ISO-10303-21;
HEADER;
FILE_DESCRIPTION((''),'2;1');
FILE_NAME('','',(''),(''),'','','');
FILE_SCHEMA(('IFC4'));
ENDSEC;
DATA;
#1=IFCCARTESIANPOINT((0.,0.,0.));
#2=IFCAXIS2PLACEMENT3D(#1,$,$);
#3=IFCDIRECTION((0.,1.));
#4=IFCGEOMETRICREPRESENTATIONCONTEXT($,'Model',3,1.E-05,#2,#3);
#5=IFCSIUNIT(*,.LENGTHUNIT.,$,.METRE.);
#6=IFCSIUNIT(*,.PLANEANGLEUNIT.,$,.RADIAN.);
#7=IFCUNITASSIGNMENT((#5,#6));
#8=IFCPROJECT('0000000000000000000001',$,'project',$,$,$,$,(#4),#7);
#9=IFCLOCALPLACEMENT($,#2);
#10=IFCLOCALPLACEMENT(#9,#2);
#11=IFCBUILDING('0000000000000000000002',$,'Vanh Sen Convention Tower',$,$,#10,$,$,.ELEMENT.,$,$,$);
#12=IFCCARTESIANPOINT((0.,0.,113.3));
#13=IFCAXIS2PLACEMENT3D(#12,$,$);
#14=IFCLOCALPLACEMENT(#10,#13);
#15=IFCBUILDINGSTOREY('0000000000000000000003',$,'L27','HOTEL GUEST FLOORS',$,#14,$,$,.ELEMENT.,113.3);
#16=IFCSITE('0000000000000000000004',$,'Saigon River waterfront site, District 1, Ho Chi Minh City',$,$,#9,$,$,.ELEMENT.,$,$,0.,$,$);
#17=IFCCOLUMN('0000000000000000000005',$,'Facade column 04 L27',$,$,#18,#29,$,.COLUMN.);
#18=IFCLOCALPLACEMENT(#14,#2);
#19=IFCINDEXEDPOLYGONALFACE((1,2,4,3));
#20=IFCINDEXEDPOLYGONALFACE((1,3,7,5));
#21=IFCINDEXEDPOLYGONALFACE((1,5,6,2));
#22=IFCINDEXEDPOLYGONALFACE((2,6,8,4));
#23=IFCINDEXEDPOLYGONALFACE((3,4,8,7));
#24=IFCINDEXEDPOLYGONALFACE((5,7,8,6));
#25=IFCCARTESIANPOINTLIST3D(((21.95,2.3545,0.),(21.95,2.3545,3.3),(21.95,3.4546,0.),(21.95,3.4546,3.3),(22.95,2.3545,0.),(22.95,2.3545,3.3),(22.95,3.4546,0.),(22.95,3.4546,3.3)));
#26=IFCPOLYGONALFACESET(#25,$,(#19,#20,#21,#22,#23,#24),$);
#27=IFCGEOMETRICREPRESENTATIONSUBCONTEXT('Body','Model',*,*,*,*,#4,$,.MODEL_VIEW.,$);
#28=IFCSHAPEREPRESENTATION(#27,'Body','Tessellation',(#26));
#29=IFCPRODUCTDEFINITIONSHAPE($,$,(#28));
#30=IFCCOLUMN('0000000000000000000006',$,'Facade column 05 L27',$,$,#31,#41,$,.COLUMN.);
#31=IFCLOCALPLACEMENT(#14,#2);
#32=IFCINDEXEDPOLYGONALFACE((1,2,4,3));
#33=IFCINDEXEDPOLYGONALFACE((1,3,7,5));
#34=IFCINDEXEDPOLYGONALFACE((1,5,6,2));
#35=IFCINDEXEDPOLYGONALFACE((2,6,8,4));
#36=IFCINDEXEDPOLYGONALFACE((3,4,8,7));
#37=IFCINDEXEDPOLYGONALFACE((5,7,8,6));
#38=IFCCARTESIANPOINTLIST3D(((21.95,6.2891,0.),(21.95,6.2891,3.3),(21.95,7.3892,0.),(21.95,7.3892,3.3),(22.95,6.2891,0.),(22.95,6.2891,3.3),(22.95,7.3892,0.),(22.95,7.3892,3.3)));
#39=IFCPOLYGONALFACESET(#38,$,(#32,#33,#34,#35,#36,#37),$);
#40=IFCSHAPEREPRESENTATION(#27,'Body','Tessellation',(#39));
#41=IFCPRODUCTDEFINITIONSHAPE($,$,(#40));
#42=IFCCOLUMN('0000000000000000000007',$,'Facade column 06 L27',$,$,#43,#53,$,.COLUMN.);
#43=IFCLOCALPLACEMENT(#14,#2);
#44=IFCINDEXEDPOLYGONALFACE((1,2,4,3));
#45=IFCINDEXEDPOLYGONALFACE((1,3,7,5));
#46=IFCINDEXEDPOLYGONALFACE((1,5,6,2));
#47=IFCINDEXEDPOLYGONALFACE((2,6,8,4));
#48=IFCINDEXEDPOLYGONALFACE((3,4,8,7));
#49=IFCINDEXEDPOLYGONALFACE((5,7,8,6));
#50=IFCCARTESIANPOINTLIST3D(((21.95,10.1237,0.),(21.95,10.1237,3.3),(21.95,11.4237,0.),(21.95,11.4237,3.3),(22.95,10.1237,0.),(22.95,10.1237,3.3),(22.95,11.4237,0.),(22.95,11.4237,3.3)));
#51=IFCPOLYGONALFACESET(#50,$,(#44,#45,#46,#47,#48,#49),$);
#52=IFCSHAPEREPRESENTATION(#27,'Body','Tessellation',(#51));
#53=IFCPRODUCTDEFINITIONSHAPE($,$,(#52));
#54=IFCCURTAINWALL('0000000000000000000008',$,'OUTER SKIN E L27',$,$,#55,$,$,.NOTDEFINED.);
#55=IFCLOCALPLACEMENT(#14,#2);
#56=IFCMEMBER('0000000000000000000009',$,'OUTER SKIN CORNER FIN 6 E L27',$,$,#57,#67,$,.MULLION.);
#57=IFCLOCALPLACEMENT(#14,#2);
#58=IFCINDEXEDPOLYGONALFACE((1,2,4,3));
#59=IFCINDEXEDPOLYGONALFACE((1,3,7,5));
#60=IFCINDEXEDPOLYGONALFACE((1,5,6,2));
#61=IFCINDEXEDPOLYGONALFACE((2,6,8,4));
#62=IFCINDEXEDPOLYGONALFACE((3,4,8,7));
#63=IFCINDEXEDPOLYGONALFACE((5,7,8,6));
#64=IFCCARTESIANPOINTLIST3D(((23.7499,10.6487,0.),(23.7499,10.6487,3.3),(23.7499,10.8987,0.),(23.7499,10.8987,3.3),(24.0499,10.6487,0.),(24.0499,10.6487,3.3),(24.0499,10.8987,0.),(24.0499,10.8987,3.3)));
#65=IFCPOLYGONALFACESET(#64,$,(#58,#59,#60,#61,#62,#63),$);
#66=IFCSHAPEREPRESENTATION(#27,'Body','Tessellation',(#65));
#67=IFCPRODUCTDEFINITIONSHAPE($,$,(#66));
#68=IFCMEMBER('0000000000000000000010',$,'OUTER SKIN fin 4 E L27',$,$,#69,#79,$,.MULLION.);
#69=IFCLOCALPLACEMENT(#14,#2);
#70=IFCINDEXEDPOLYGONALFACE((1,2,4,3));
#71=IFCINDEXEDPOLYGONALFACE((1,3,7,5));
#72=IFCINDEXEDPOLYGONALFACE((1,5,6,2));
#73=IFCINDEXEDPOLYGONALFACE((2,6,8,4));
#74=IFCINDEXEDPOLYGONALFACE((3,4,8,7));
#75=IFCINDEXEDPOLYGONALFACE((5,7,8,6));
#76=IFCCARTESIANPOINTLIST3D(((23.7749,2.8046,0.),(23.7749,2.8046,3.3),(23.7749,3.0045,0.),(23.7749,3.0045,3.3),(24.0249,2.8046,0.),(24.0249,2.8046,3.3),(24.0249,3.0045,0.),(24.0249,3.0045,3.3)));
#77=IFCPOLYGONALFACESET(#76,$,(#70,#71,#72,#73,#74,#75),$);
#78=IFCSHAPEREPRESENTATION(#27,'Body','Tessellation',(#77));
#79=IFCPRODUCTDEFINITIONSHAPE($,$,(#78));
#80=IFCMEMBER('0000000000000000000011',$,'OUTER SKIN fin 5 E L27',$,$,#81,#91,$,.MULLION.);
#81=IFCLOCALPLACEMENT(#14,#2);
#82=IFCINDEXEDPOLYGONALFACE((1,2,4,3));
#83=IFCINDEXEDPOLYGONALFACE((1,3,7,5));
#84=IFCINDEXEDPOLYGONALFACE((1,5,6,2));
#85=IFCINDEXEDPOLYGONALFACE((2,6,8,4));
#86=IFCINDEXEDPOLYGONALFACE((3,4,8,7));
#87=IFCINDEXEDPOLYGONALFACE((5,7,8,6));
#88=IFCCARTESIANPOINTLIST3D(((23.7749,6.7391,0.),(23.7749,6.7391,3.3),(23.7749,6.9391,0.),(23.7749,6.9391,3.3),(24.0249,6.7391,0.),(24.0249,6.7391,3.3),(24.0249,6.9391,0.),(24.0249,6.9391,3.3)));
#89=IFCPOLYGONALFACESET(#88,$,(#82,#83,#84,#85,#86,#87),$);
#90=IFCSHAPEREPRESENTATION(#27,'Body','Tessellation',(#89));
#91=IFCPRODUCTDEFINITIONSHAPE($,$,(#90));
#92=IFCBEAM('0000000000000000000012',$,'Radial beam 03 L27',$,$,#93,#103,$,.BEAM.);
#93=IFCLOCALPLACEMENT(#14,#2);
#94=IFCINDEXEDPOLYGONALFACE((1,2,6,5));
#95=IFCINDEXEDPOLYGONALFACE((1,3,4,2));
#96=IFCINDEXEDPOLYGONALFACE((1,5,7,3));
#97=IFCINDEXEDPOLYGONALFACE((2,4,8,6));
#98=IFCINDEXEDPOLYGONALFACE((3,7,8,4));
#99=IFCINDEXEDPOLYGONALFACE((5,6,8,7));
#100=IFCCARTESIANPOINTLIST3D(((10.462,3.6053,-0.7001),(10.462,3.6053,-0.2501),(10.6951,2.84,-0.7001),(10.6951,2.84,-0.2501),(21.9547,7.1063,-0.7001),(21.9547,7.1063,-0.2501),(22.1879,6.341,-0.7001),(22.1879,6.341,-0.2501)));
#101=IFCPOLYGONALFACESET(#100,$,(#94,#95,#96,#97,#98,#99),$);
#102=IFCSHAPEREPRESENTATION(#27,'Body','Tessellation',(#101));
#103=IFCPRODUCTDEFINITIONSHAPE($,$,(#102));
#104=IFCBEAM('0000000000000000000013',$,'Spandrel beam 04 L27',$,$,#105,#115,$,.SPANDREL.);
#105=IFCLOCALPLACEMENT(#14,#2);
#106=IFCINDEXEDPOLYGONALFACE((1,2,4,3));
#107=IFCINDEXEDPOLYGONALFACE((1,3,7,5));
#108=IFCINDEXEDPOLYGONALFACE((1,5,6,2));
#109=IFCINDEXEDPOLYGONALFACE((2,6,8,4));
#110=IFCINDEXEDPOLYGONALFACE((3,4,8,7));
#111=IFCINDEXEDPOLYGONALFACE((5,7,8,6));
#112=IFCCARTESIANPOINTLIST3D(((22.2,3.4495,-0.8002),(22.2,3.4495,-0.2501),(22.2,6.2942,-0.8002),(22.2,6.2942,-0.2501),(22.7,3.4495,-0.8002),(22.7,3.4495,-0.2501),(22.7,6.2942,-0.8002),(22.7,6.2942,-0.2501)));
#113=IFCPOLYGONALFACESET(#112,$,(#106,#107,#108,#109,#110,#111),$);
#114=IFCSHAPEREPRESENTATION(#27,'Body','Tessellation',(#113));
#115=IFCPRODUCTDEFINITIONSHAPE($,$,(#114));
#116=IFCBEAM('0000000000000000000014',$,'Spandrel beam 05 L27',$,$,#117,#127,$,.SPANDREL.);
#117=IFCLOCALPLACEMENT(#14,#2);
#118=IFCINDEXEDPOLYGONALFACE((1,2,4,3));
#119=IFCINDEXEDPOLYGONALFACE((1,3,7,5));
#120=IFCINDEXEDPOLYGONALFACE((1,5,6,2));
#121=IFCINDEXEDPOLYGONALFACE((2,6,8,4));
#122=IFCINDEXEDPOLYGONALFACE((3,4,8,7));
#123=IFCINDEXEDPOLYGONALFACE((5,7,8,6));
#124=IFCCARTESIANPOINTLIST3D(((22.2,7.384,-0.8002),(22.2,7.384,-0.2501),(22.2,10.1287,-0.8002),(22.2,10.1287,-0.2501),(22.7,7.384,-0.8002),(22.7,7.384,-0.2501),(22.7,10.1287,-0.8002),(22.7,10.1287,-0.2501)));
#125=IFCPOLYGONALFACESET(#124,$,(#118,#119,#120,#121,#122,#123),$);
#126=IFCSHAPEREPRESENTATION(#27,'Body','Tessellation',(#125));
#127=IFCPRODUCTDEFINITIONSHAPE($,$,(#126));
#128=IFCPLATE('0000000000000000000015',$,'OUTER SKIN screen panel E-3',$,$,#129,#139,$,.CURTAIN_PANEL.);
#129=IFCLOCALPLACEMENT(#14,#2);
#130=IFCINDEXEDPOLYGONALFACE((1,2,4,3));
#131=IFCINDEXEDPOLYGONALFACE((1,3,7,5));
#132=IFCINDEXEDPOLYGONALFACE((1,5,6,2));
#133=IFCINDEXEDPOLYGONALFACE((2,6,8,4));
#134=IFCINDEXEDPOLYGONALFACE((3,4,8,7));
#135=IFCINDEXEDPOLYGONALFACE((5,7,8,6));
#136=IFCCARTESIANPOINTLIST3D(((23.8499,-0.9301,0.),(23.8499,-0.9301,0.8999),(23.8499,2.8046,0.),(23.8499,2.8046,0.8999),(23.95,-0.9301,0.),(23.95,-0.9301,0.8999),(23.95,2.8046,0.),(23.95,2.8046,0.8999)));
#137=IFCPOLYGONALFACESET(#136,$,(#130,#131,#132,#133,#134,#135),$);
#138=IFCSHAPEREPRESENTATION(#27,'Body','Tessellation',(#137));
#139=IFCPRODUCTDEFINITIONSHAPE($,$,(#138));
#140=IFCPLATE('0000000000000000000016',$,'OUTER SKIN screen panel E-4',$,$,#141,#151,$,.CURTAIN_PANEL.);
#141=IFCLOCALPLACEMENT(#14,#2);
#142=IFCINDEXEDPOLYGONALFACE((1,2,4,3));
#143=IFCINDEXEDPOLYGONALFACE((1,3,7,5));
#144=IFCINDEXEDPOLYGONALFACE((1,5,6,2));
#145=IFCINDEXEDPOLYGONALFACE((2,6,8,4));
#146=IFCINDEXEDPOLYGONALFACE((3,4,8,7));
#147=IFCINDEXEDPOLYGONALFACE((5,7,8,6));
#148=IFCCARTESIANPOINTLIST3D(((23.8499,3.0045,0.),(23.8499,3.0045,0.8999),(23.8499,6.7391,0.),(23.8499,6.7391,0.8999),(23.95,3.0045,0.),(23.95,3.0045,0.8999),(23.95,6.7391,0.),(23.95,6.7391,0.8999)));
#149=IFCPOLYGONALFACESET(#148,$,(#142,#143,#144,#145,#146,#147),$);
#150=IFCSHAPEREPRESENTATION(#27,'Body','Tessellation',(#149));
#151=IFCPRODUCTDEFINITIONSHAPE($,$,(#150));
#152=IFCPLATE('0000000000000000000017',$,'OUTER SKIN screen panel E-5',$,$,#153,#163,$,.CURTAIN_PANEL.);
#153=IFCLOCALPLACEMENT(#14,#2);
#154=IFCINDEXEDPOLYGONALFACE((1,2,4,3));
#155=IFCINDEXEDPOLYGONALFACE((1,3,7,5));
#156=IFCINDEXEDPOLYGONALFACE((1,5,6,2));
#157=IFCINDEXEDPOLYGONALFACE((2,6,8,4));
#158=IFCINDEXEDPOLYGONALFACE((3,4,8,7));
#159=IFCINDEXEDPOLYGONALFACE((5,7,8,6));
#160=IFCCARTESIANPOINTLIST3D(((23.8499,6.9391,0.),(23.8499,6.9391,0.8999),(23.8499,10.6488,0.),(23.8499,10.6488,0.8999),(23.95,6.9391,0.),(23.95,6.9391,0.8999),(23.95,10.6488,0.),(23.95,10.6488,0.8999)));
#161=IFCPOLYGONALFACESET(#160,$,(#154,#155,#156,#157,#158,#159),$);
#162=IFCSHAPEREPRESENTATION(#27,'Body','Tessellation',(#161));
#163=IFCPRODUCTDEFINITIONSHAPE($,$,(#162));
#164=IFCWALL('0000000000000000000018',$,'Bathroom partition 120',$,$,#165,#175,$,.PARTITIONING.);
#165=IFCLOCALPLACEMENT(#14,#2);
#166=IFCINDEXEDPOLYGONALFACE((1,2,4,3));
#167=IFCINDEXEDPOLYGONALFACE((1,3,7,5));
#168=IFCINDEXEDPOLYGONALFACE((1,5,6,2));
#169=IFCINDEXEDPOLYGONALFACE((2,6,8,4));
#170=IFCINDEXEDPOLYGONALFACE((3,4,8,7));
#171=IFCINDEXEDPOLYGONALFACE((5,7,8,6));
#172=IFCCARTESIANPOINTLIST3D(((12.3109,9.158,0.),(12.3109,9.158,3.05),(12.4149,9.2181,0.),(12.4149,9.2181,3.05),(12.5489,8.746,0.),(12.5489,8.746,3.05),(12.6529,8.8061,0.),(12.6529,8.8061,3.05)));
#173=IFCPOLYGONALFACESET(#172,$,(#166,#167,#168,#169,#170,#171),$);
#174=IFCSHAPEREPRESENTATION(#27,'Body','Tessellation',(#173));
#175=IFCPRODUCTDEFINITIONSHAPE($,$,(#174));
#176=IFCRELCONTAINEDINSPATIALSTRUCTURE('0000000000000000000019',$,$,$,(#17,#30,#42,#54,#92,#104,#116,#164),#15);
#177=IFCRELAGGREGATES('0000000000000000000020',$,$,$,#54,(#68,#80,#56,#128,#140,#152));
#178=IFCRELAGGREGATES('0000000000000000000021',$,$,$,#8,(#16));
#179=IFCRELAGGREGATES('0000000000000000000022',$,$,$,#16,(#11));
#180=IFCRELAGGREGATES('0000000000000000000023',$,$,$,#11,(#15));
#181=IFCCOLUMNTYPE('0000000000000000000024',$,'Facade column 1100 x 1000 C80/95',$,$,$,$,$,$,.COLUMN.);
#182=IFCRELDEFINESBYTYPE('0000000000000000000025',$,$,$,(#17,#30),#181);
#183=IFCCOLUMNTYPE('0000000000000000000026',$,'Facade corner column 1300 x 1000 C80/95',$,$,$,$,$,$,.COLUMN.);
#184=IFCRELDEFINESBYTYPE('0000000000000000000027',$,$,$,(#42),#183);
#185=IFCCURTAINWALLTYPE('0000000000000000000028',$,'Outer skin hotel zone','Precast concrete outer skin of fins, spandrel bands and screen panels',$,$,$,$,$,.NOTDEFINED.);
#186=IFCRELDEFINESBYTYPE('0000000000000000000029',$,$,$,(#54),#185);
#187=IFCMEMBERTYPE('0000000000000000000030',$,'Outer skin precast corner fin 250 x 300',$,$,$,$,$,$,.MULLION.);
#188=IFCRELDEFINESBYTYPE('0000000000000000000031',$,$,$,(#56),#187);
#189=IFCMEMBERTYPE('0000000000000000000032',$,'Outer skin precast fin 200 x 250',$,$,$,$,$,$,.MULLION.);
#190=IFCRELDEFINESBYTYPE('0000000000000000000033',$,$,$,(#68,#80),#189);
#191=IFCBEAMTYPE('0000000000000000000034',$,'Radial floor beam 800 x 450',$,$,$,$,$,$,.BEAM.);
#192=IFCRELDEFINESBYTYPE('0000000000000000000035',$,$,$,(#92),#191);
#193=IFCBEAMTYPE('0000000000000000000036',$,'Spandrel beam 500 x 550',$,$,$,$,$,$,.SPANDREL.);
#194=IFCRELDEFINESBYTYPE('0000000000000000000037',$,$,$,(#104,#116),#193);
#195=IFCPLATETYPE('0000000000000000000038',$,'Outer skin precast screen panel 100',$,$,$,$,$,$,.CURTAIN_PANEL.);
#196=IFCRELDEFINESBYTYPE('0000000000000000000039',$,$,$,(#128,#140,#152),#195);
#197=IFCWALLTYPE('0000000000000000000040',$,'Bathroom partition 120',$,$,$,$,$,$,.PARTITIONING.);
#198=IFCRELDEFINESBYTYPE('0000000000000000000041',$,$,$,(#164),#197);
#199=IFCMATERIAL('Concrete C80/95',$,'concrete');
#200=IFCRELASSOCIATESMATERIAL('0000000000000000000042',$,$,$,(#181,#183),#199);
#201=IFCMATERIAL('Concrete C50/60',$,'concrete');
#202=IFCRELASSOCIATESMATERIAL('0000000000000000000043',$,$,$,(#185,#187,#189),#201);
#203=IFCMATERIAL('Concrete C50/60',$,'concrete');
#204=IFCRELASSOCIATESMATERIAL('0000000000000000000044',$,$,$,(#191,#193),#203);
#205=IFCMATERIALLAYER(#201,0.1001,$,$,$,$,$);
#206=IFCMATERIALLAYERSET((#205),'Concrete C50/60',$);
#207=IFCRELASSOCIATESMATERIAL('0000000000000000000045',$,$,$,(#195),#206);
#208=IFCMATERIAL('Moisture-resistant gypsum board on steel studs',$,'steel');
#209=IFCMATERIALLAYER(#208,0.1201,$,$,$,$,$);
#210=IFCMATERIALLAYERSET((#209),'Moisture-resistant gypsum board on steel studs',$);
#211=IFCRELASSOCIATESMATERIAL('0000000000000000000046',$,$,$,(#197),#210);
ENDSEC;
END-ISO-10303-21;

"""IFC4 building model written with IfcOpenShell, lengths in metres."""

from ifc_helpers import new_model, si_unit, direction, frame, frame_2d, origin, origin_2d, place, context, subcontext, project, spatial, rectangle, extrude, material, layer, layer_set, material_profile, profile_set, type_object, element, aggregate, save


model = new_model("IFC4")

# Units and contexts
model_context = context("Model", 3, precision=1e-05, world=origin(), true_north=direction((0.0, 1.0)))
body_context = subcontext(model_context, "Body", "Model", "MODEL_VIEW")
ifc_project = project(units=[si_unit("LENGTHUNIT", "METRE"), si_unit("PLANEANGLEUNIT", "RADIAN")], contexts=[model_context])

# Site, building, storey
site_placement = place(None, origin())
site = spatial("IfcSite", under=ifc_project, at=site_placement, Name="Saigon River waterfront site, District 1, Ho Chi Minh City", CompositionType="ELEMENT", RefElevation=0.0)
building_placement = place(site_placement, origin())
building = spatial("IfcBuilding", under=site, at=building_placement, Name="Vanh Sen Convention Tower", CompositionType="ELEMENT")
storey_placement = place(building_placement, frame((0.0, 0.0, 113.3)))
storey = spatial("IfcBuildingStorey", under=building, at=storey_placement, Name="L27", Description="HOTEL GUEST FLOORS", CompositionType="ELEMENT", Elevation=113.3)

# Columns
ifc_material_1 = material(Name="Concrete C80/95", Category="concrete")
ifc_material_profile_1 = material_profile(ifc_material_1, rectangle(XDim=1.1001, YDim=1.0, at=origin_2d()), Name="RC 1100X1000")
ifc_profile_set_1 = profile_set([ifc_material_profile_1], Name="Concrete C80/95")
column_type_1 = type_object("IfcColumnType", Name="Facade column 1100 x 1000 C80/95", PredefinedType="COLUMN", material=ifc_profile_set_1)
for number, where, z_axis, x_axis, name in (
    (1, (22.45, 2.9045, 0.0), (0.0, 0.0, 1.0), (0.0, 1.0, 0.0), "Facade column 04 L27"),
    (2, (22.45, 6.8391, 0.0), (0.0, 0.0, 1.0), (0.0, 1.0, 0.0), "Facade column 05 L27"),
):
    element("IfcColumn", number, at=place(storey_placement, frame(where, z_axis=z_axis, x_axis=x_axis)), inside=storey, type_object=column_type_1, Name=name, PredefinedType="COLUMN", context=body_context, shape_type="SweptSolid", body=[
        extrude(rectangle(XDim=1.1001, YDim=1.0, at=origin_2d()), origin(), (0.0, 0.0, 1.0), 3.3),
    ])
ifc_material_profile_2 = material_profile(ifc_material_1, rectangle(XDim=1.3, YDim=1.0, at=origin_2d()), Name="RC 1300X1000")
ifc_profile_set_2 = profile_set([ifc_material_profile_2], Name="Concrete C80/95")
column_type_2 = type_object("IfcColumnType", Name="Facade corner column 1300 x 1000 C80/95", PredefinedType="COLUMN", material=ifc_profile_set_2)
column_placement = place(storey_placement, frame((22.45, 10.7737, 0.0), z_axis=(0.0, 0.0, 1.0), x_axis=(0.0, 1.0, 0.0)))
element("IfcColumn", 3, at=column_placement, inside=storey, type_object=column_type_2, Name="Facade column 06 L27", PredefinedType="COLUMN", context=body_context, shape_type="SweptSolid", body=[
    extrude(rectangle(XDim=1.3, YDim=1.0, at=origin_2d()), origin(), (0.0, 0.0, 1.0), 3.3),
])

# Curtain wall, members
ifc_material_2 = material(Name="Concrete C50/60", Category="concrete")
curtain_wall_type = type_object("IfcCurtainWallType", Name="Outer skin hotel zone", Description="Precast concrete outer skin of fins, spandrel bands and screen panels", PredefinedType="NOTDEFINED", material=ifc_material_2)
curtain_wall_placement = place(storey_placement, origin())
curtain_wall = element("IfcCurtainWall", 4, at=curtain_wall_placement, inside=storey, type_object=curtain_wall_type, Name="OUTER SKIN E L27", PredefinedType="NOTDEFINED")
ifc_material_profile_3 = material_profile(ifc_material_2, rectangle(XDim=0.25, YDim=0.3, at=origin_2d()), Name="Outer skin precast corner fin 250 x 300")
ifc_profile_set_3 = profile_set([ifc_material_profile_3], Name="Concrete C50/60")
member_type_1 = type_object("IfcMemberType", Name="Outer skin precast corner fin 250 x 300", PredefinedType="MULLION", material=ifc_profile_set_3)
member_1_placement = place(storey_placement, frame((23.8999, 10.7737, 0.0), z_axis=(0.0, 0.0, 1.0), x_axis=(0.0, 1.0, 0.0)))
member_1 = element("IfcMember", 5, at=member_1_placement, type_object=member_type_1, Name="OUTER SKIN CORNER FIN 6 E L27", PredefinedType="MULLION", context=body_context, shape_type="SweptSolid", body=[
    extrude(rectangle(XDim=0.25, YDim=0.3, at=origin_2d()), origin(), (0.0, 0.0, 1.0), 3.3),
])
ifc_material_profile_4 = material_profile(ifc_material_2, rectangle(XDim=0.2, YDim=0.25, at=origin_2d()), Name="Outer skin precast fin 200 x 250")
ifc_profile_set_4 = profile_set([ifc_material_profile_4], Name="Concrete C50/60")
member_type_2 = type_object("IfcMemberType", Name="Outer skin precast fin 200 x 250", PredefinedType="MULLION", material=ifc_profile_set_4)
member_2_placement = place(storey_placement, frame((23.8999, 2.9045, 0.0), z_axis=(0.0, 0.0, 1.0), x_axis=(0.0, 1.0, 0.0)))
member_2 = element("IfcMember", 6, at=member_2_placement, type_object=member_type_2, Name="OUTER SKIN fin 4 E L27", PredefinedType="MULLION", context=body_context, shape_type="SweptSolid", body=[
    extrude(rectangle(XDim=0.2, YDim=0.25, at=origin_2d()), origin(), (0.0, 0.0, 1.0), 3.3),
])
member_3_placement = place(storey_placement, frame((23.8999, 6.8391, 0.0), z_axis=(0.0, 0.0, 1.0), x_axis=(0.0, 1.0, 0.0)))
member_3 = element("IfcMember", 7, at=member_3_placement, type_object=member_type_2, Name="OUTER SKIN fin 5 E L27", PredefinedType="MULLION", context=body_context, shape_type="SweptSolid", body=[
    extrude(rectangle(XDim=0.2, YDim=0.25, at=origin_2d()), origin(), (0.0, 0.0, 1.0), 3.3),
])

# Beams
ifc_material_3 = material(Name="Concrete C50/60", Category="concrete")
ifc_material_profile_5 = material_profile(ifc_material_3, rectangle(XDim=0.8, YDim=0.45, at=origin_2d()), Name="RC 800X450")
ifc_profile_set_5 = profile_set([ifc_material_profile_5], Name="Concrete C50/60")
beam_type_1 = type_object("IfcBeamType", Name="Radial floor beam 800 x 450", PredefinedType="BEAM", material=ifc_profile_set_5)
beam_1_placement = place(storey_placement, frame((22.0713, 6.7236, -0.4751), z_axis=(-0.9566, -0.291406, 0.0), x_axis=(0.291406, -0.9566, 0.0)))
element("IfcBeam", 8, at=beam_1_placement, inside=storey, type_object=beam_type_1, Name="Radial beam 03 L27", PredefinedType="BEAM", context=body_context, shape_type="SweptSolid", body=[
    extrude(rectangle(XDim=0.8, YDim=0.45, at=origin_2d()), origin(), (0.0, 0.0, 1.0), 12.0142),
])
ifc_material_profile_6 = material_profile(ifc_material_3, rectangle(XDim=0.5, YDim=0.55, at=origin_2d()), Name="RC 500X550")
ifc_profile_set_6 = profile_set([ifc_material_profile_6], Name="Concrete C50/60")
beam_type_2 = type_object("IfcBeamType", Name="Spandrel beam 500 x 550", PredefinedType="SPANDREL", material=ifc_profile_set_6)
beam_2_placement = place(storey_placement, frame((22.45, 3.4495, -0.5251), z_axis=(0.0, 1.0, 0.0), x_axis=(-1.0, 0.0, 0.0)))
element("IfcBeam", 9, at=beam_2_placement, inside=storey, type_object=beam_type_2, Name="Spandrel beam 04 L27", PredefinedType="SPANDREL", context=body_context, shape_type="SweptSolid", body=[
    extrude(rectangle(XDim=0.5, YDim=0.55, at=origin_2d()), origin(), (0.0, 0.0, 1.0), 2.8447),
])
beam_3_placement = place(storey_placement, frame((22.45, 7.384, -0.5251), z_axis=(0.0, 1.0, 0.0), x_axis=(-1.0, 0.0, 0.0)))
element("IfcBeam", 10, at=beam_3_placement, inside=storey, type_object=beam_type_2, Name="Spandrel beam 05 L27", PredefinedType="SPANDREL", context=body_context, shape_type="SweptSolid", body=[
    extrude(rectangle(XDim=0.5, YDim=0.55, at=origin_2d()), origin(), (0.0, 0.0, 1.0), 2.7446),
])

# Plates
ifc_layer_1 = layer(ifc_material_2, 0.1001)
ifc_layer_set_1 = layer_set([ifc_layer_1], Name="Concrete C50/60")
plate_type = type_object("IfcPlateType", Name="Outer skin precast screen panel 100", PredefinedType="CURTAIN_PANEL", material=ifc_layer_set_1)
plate_1_placement = place(storey_placement, frame((23.8999, 0.9373, 0.0), z_axis=(0.0, 0.0, 1.0), x_axis=(0.0, 1.0, 0.0)))
plate_1 = element("IfcPlate", 11, at=plate_1_placement, type_object=plate_type, Name="OUTER SKIN screen panel E-3", PredefinedType="CURTAIN_PANEL", context=body_context, shape_type="SweptSolid", body=[
    extrude(rectangle(XDim=3.7346, YDim=0.1001, at=origin_2d()), origin(), (0.0, 0.0, 1.0), 0.8999),
])
plate_2_placement = place(storey_placement, frame((23.8999, 4.8718, 0.0), z_axis=(0.0, 0.0, 1.0), x_axis=(0.0, 1.0, 0.0)))
plate_2 = element("IfcPlate", 12, at=plate_2_placement, type_object=plate_type, Name="OUTER SKIN screen panel E-4", PredefinedType="CURTAIN_PANEL", context=body_context, shape_type="SweptSolid", body=[
    extrude(rectangle(XDim=3.7346, YDim=0.1001, at=origin_2d()), origin(), (0.0, 0.0, 1.0), 0.8999),
])
plate_3_placement = place(storey_placement, frame((23.8999, 8.7939, 0.0), z_axis=(0.0, 0.0, 1.0), x_axis=(0.0, 1.0, 0.0)))
plate_3 = element("IfcPlate", 13, at=plate_3_placement, type_object=plate_type, Name="OUTER SKIN screen panel E-5", PredefinedType="CURTAIN_PANEL", context=body_context, shape_type="SweptSolid", body=[
    extrude(rectangle(XDim=3.7097, YDim=0.1001, at=origin_2d()), origin(), (0.0, 0.0, 1.0), 0.8999),
])
aggregate(curtain_wall, [member_2, member_3, member_1, plate_1, plate_2, plate_3])

# Wall
ifc_material_4 = material(Name="Moisture-resistant gypsum board on steel studs", Category="steel")
ifc_layer_2 = layer(ifc_material_4, 0.1201)
ifc_layer_set_2 = layer_set([ifc_layer_2], Name="Moisture-resistant gypsum board on steel studs")
wall_type_1 = type_object("IfcWallType", Name="Bathroom partition 120", PredefinedType="PARTITIONING", material=ifc_layer_set_2)
wall_1_placement = place(storey_placement, frame((12.6008, 8.7761, 0.0), z_axis=(0.0, 0.0, 1.0), x_axis=(-0.500166, 0.865929, 0.0)))
element("IfcWall", 14, at=wall_1_placement, inside=storey, type_object=wall_type_1, Name="Bathroom partition 120", PredefinedType="PARTITIONING", context=body_context, shape_type="SweptSolid", body=[
    extrude(rectangle(XDim=0.4758, YDim=0.1201, at=frame_2d((0.2378, 0.0))), origin(), (0.0, 0.0, 1.0), 3.05),
])

save(model, "model.ifc")
